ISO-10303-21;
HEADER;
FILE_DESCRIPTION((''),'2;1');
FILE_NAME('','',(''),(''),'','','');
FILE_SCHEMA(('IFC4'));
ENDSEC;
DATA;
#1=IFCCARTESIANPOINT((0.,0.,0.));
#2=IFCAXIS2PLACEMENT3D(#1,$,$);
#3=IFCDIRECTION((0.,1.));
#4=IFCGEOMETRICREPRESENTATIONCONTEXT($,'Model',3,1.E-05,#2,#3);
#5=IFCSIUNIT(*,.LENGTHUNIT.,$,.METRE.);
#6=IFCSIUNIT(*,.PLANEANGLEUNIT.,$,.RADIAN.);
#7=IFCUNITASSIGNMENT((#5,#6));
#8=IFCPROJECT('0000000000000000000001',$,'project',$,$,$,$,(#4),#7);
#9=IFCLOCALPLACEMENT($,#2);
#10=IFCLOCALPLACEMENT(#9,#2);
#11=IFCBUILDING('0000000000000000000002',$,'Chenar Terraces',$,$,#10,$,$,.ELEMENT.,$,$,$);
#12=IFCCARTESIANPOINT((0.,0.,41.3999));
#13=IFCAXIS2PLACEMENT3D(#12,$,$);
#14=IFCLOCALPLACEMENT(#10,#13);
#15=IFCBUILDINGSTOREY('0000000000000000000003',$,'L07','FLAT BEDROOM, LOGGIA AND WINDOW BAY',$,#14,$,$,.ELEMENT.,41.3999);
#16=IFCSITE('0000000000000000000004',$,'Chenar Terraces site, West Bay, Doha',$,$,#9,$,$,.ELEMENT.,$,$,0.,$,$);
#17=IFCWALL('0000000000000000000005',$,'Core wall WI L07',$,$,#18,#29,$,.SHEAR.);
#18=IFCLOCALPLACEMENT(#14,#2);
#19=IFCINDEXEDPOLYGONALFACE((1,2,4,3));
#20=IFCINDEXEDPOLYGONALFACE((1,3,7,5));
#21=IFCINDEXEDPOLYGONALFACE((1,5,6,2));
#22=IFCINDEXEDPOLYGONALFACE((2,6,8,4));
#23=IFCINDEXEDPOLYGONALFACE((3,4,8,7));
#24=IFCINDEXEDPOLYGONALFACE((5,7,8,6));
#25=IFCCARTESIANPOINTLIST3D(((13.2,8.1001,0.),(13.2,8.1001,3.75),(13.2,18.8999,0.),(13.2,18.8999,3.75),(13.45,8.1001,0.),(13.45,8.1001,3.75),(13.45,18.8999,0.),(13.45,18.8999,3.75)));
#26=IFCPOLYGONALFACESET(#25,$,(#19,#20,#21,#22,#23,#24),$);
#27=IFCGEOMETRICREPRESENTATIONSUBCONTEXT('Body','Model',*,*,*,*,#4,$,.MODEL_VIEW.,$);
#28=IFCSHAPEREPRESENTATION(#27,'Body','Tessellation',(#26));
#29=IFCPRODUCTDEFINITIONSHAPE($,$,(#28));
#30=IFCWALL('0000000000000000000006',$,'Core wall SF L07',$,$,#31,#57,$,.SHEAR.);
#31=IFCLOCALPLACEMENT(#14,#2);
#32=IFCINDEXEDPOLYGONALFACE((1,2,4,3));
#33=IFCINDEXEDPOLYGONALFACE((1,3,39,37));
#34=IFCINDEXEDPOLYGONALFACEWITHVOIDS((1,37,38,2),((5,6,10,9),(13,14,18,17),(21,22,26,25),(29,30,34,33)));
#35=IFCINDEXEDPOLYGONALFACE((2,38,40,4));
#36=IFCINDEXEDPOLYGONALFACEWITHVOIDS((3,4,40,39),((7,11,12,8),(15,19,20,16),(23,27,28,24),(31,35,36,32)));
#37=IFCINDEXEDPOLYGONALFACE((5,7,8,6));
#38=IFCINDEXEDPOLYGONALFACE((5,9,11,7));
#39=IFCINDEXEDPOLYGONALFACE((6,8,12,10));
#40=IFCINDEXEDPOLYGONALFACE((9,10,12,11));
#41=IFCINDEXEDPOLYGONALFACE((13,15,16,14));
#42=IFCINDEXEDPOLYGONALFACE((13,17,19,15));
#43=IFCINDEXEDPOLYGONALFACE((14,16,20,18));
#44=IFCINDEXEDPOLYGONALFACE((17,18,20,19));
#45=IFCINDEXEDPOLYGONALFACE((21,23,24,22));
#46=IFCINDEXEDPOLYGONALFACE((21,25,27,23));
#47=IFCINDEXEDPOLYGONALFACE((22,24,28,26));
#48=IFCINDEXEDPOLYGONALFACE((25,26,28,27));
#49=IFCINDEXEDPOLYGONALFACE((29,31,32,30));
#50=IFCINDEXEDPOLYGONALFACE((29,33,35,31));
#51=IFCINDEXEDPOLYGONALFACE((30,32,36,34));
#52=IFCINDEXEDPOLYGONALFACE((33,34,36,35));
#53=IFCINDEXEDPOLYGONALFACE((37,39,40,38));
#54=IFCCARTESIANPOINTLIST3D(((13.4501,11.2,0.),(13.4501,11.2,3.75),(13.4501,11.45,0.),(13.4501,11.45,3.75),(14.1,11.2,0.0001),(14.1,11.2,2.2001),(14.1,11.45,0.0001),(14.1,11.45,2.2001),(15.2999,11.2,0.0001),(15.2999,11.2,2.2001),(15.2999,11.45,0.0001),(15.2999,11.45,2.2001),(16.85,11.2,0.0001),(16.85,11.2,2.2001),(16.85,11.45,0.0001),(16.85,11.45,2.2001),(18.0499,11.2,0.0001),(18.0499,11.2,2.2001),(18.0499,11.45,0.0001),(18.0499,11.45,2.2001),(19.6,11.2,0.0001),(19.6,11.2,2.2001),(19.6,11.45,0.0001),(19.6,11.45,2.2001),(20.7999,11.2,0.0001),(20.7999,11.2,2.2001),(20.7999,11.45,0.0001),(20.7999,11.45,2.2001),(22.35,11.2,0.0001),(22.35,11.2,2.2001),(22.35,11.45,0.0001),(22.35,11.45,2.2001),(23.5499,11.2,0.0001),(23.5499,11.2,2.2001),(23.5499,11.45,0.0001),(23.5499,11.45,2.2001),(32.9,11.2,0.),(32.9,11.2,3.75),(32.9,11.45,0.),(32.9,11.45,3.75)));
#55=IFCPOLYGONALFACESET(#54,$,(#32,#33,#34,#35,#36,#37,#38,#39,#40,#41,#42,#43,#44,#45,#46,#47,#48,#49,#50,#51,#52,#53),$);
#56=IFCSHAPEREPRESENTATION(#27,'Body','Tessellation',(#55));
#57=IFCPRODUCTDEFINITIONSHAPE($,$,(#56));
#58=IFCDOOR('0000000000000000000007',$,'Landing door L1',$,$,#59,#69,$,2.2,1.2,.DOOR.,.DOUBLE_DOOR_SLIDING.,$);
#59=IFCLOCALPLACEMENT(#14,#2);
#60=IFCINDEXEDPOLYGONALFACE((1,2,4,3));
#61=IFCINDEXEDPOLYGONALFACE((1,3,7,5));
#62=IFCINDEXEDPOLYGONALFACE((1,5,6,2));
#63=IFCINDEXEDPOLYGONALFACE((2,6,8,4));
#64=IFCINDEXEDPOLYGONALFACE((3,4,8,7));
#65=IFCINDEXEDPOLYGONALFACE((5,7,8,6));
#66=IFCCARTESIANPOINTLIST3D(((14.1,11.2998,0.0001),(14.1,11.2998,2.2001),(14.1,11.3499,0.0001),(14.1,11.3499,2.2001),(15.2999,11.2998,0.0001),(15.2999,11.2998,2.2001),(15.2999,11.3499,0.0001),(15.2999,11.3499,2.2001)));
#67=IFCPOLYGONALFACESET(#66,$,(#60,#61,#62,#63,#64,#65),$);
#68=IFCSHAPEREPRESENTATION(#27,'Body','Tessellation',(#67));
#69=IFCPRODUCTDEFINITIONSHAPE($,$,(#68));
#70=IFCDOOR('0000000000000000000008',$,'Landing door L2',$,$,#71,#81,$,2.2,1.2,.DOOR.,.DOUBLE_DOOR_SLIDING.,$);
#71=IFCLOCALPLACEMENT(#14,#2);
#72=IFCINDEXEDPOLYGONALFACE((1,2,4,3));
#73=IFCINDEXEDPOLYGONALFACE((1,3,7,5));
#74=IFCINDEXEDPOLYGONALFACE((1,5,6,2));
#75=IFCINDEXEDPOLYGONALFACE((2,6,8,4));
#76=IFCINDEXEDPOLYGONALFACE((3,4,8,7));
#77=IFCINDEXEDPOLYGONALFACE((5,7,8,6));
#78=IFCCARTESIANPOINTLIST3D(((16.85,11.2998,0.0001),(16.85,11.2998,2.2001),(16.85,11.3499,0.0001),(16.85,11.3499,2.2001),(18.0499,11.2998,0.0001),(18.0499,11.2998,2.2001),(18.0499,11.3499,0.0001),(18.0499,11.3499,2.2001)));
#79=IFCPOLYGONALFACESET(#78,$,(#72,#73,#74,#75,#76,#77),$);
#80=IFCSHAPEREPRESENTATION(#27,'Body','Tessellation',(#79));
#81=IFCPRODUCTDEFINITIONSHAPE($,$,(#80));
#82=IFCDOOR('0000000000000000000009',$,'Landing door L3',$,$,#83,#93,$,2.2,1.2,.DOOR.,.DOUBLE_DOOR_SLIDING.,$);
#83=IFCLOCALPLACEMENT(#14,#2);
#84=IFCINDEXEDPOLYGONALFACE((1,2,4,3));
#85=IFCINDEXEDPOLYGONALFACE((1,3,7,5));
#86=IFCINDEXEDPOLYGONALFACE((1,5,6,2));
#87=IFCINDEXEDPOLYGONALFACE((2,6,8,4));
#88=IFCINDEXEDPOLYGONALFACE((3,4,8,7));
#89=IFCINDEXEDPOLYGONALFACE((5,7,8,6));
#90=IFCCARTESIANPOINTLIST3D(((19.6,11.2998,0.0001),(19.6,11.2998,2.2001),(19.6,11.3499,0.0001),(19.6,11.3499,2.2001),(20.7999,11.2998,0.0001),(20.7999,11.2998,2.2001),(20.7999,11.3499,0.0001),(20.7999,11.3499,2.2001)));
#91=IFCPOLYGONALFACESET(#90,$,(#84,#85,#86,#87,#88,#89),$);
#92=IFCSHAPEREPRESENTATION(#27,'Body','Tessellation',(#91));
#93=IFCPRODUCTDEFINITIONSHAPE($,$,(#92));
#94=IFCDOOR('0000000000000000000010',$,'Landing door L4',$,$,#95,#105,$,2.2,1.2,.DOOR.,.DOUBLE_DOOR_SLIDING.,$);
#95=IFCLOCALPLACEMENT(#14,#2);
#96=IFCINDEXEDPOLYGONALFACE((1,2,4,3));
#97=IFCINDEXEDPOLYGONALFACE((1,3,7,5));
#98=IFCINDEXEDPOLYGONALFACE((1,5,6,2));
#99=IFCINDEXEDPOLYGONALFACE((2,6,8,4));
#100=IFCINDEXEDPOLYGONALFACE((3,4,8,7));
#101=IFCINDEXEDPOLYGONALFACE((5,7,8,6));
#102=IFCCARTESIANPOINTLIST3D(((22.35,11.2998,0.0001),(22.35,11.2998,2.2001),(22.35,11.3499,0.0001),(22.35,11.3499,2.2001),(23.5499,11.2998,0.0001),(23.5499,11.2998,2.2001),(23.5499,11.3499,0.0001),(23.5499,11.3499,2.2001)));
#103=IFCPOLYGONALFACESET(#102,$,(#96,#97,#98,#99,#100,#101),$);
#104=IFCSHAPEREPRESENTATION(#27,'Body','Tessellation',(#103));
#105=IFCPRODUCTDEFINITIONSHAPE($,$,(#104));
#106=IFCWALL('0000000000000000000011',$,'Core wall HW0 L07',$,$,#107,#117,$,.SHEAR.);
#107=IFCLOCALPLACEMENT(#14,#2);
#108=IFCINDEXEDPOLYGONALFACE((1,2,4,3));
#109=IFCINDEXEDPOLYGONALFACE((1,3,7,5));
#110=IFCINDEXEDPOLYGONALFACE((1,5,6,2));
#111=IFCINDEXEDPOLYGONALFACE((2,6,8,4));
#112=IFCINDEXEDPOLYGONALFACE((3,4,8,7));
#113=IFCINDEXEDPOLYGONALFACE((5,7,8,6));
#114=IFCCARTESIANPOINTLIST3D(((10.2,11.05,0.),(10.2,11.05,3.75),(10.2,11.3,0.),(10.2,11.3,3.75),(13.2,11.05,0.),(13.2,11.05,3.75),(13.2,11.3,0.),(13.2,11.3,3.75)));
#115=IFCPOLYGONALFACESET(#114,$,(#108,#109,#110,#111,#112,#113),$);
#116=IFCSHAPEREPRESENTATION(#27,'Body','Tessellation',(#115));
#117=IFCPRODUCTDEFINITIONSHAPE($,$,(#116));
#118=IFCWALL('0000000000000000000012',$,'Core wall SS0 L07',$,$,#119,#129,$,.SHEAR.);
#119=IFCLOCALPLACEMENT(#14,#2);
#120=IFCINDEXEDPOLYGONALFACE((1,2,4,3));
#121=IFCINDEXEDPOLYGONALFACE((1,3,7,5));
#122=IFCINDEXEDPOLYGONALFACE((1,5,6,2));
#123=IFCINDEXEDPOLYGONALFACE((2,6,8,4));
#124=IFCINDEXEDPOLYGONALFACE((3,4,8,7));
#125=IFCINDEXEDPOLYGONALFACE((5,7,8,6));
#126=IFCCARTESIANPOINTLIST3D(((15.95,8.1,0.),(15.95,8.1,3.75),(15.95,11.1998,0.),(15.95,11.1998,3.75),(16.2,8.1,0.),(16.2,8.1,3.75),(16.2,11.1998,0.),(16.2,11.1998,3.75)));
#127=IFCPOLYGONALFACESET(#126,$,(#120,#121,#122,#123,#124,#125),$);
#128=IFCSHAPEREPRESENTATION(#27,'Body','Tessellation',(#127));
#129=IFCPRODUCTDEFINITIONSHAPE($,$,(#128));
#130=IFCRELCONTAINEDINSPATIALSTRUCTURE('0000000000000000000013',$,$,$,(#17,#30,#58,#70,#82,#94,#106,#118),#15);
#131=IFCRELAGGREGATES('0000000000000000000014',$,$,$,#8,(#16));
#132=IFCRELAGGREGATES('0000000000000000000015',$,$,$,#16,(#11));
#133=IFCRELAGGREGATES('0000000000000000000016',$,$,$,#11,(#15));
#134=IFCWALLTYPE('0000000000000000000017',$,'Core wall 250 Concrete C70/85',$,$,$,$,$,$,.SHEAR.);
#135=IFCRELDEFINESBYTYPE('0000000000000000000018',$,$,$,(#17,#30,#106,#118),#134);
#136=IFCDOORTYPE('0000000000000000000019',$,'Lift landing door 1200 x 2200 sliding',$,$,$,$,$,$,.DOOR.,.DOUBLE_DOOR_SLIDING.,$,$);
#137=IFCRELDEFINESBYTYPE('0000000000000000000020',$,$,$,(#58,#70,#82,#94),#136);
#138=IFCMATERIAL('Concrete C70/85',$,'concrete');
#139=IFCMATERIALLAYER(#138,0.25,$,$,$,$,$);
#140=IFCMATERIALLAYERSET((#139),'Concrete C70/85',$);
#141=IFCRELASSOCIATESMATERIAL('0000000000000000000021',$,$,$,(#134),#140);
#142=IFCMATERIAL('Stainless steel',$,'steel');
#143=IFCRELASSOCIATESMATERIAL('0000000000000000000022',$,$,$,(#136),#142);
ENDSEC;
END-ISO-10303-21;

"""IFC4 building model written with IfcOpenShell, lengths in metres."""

from ifc_helpers import new_model, si_unit, direction, frame, frame_2d, origin, place, context, subcontext, project, spatial, rectangle, extrude, material, layer, layer_set, type_object, element, fill, save


model = new_model("IFC4")

# Units and contexts
model_context = context("Model", 3, precision=1e-05, world=origin(), true_north=direction((0.0, 1.0)))
body_context = subcontext(model_context, "Body", "Model", "MODEL_VIEW")
ifc_project = project(units=[si_unit("LENGTHUNIT", "METRE"), si_unit("PLANEANGLEUNIT", "RADIAN")], contexts=[model_context])

# Site, building, storey
site_placement = place(None, origin())
site = spatial("IfcSite", under=ifc_project, at=site_placement, Name="Chenar Terraces site, West Bay, Doha", CompositionType="ELEMENT", RefElevation=0.0)
building_placement = place(site_placement, origin())
building = spatial("IfcBuilding", under=site, at=building_placement, Name="Chenar Terraces", CompositionType="ELEMENT")
storey_placement = place(building_placement, frame((0.0, 0.0, 41.3999)))
storey = spatial("IfcBuildingStorey", under=building, at=storey_placement, Name="L07", Description="FLAT BEDROOM, LOGGIA AND WINDOW BAY", CompositionType="ELEMENT", Elevation=41.3999)

# Wall
ifc_material_1 = material(Name="Concrete C70/85", Category="concrete")
ifc_layer_1 = layer(ifc_material_1, 0.25)
ifc_layer_set_1 = layer_set([ifc_layer_1], Name="Concrete C70/85")
wall_type_1 = type_object("IfcWallType", Name="Core wall 250 Concrete C70/85", PredefinedType="SHEAR", material=ifc_layer_set_1)
wall_1_placement = place(storey_placement, frame((13.325, 8.1001, 0.0), z_axis=(0.0, 0.0, 1.0), x_axis=(0.0, 1.0, 0.0)))
element("IfcWall", 1, at=wall_1_placement, inside=storey, type_object=wall_type_1, Name="Core wall WI L07", PredefinedType="SHEAR", context=body_context, shape_type="SweptSolid", body=[
    extrude(rectangle(XDim=10.7998, YDim=0.25, at=frame_2d((5.3999, 0.0))), origin(), (0.0, 0.0, 1.0), 3.75),
])

# Wall, openings, doors
wall_2_placement = place(storey_placement, frame((13.45, 11.325, 0.0), z_axis=(0.0, 0.0, 1.0), x_axis=(1.0, 0.0, 0.0)))
wall_2 = element("IfcWall", 2, at=wall_2_placement, inside=storey, type_object=wall_type_1, Name="Core wall SF L07", PredefinedType="SHEAR", context=body_context, shape_type="SweptSolid", body=[
    extrude(rectangle(XDim=19.45, YDim=0.25, at=frame_2d((9.7251, 0.0))), origin(), (0.0, 0.0, 1.0), 3.75),
])
opening_1_placement = place(wall_2_placement, frame((0.6499, 0.0, 0.0)))
opening_1 = element("IfcOpeningElement", 3, at=opening_1_placement, cuts=wall_2, PredefinedType="OPENING", context=body_context, shape_type="SweptSolid", body=[
    extrude(rectangle(XDim=1.2, YDim=2.2, at=frame_2d((0.6001, 1.1001))), frame((0.0, 0.135, 0.0), z_axis=(0.0, -1.0, 0.0), x_axis=(1.0, 0.0, 0.0)), (0.0, 0.0, 1.0), 0.27),
])
opening_2_placement = place(wall_2_placement, frame((3.3999, 0.0, 0.0)))
opening_2 = element("IfcOpeningElement", 4, at=opening_2_placement, cuts=wall_2, PredefinedType="OPENING", context=body_context, shape_type="SweptSolid", body=[
    extrude(rectangle(XDim=1.2, YDim=2.2, at=frame_2d((0.6001, 1.1001))), frame((0.0, 0.135, 0.0), z_axis=(0.0, -1.0, 0.0), x_axis=(1.0, 0.0, 0.0)), (0.0, 0.0, 1.0), 0.27),
])
opening_3_placement = place(wall_2_placement, frame((6.1499, 0.0, 0.0)))
opening_3 = element("IfcOpeningElement", 5, at=opening_3_placement, cuts=wall_2, PredefinedType="OPENING", context=body_context, shape_type="SweptSolid", body=[
    extrude(rectangle(XDim=1.2, YDim=2.2, at=frame_2d((0.6001, 1.1001))), frame((0.0, 0.135, 0.0), z_axis=(0.0, -1.0, 0.0), x_axis=(1.0, 0.0, 0.0)), (0.0, 0.0, 1.0), 0.27),
])
opening_4_placement = place(wall_2_placement, frame((8.8999, 0.0, 0.0)))
opening_4 = element("IfcOpeningElement", 6, at=opening_4_placement, cuts=wall_2, PredefinedType="OPENING", context=body_context, shape_type="SweptSolid", body=[
    extrude(rectangle(XDim=1.2, YDim=2.2, at=frame_2d((0.6001, 1.1001))), frame((0.0, 0.135, 0.0), z_axis=(0.0, -1.0, 0.0), x_axis=(1.0, 0.0, 0.0)), (0.0, 0.0, 1.0), 0.27),
])
ifc_material_2 = material(Name="Stainless steel", Category="steel")
door_type_1 = type_object("IfcDoorType", Name="Lift landing door 1200 x 2200 sliding", OperationType="DOUBLE_DOOR_SLIDING", PredefinedType="DOOR", material=ifc_material_2)
door_1_placement = place(opening_1_placement, origin())
door_1 = element("IfcDoor", 7, at=door_1_placement, inside=storey, type_object=door_type_1, Name="Landing door L1", OperationType="DOUBLE_DOOR_SLIDING", OverallHeight=2.2, OverallWidth=1.2, PredefinedType="DOOR", context=body_context, shape_type="SweptSolid", body=[
    extrude(rectangle(XDim=1.2, YDim=2.2, at=frame_2d((0.6001, 1.1001))), frame((0.0, 0.0249, 0.0), z_axis=(0.0, -1.0, 0.0), x_axis=(1.0, 0.0, 0.0)), (0.0, 0.0, 1.0), 0.05),
])
fill(opening_1, door_1)
door_2_placement = place(opening_2_placement, origin())
door_2 = element("IfcDoor", 8, at=door_2_placement, inside=storey, type_object=door_type_1, Name="Landing door L2", OperationType="DOUBLE_DOOR_SLIDING", OverallHeight=2.2, OverallWidth=1.2, PredefinedType="DOOR", context=body_context, shape_type="SweptSolid", body=[
    extrude(rectangle(XDim=1.2, YDim=2.2, at=frame_2d((0.6001, 1.1001))), frame((0.0, 0.0249, 0.0), z_axis=(0.0, -1.0, 0.0), x_axis=(1.0, 0.0, 0.0)), (0.0, 0.0, 1.0), 0.05),
])
fill(opening_2, door_2)
door_3_placement = place(opening_3_placement, origin())
door_3 = element("IfcDoor", 9, at=door_3_placement, inside=storey, type_object=door_type_1, Name="Landing door L3", OperationType="DOUBLE_DOOR_SLIDING", OverallHeight=2.2, OverallWidth=1.2, PredefinedType="DOOR", context=body_context, shape_type="SweptSolid", body=[
    extrude(rectangle(XDim=1.2, YDim=2.2, at=frame_2d((0.6001, 1.1001))), frame((0.0, 0.0249, 0.0), z_axis=(0.0, -1.0, 0.0), x_axis=(1.0, 0.0, 0.0)), (0.0, 0.0, 1.0), 0.05),
])
fill(opening_3, door_3)
door_4_placement = place(opening_4_placement, origin())
door_4 = element("IfcDoor", 10, at=door_4_placement, inside=storey, type_object=door_type_1, Name="Landing door L4", OperationType="DOUBLE_DOOR_SLIDING", OverallHeight=2.2, OverallWidth=1.2, PredefinedType="DOOR", context=body_context, shape_type="SweptSolid", body=[
    extrude(rectangle(XDim=1.2, YDim=2.2, at=frame_2d((0.6001, 1.1001))), frame((0.0, 0.0249, 0.0), z_axis=(0.0, -1.0, 0.0), x_axis=(1.0, 0.0, 0.0)), (0.0, 0.0, 1.0), 0.05),
])
fill(opening_4, door_4)

# Walls
wall_3_placement = place(storey_placement, frame((10.2, 11.175, 0.0), z_axis=(0.0, 0.0, 1.0), x_axis=(1.0, 0.0, 0.0)))
element("IfcWall", 11, at=wall_3_placement, inside=storey, type_object=wall_type_1, Name="Core wall HW0 L07", PredefinedType="SHEAR", context=body_context, shape_type="SweptSolid", body=[
    extrude(rectangle(XDim=3.0, YDim=0.25, at=frame_2d((1.5, 0.0))), origin(), (0.0, 0.0, 1.0), 3.75),
])
wall_4_placement = place(storey_placement, frame((16.075, 8.1001, 0.0), z_axis=(0.0, 0.0, 1.0), x_axis=(0.0, 1.0, 0.0)))
element("IfcWall", 12, at=wall_4_placement, inside=storey, type_object=wall_type_1, Name="Core wall SS0 L07", PredefinedType="SHEAR", context=body_context, shape_type="SweptSolid", body=[
    extrude(rectangle(XDim=3.0999, YDim=0.25, at=frame_2d((1.5498, 0.0))), origin(), (0.0, 0.0, 1.0), 3.75),
])

save(model, "model.ifc")
